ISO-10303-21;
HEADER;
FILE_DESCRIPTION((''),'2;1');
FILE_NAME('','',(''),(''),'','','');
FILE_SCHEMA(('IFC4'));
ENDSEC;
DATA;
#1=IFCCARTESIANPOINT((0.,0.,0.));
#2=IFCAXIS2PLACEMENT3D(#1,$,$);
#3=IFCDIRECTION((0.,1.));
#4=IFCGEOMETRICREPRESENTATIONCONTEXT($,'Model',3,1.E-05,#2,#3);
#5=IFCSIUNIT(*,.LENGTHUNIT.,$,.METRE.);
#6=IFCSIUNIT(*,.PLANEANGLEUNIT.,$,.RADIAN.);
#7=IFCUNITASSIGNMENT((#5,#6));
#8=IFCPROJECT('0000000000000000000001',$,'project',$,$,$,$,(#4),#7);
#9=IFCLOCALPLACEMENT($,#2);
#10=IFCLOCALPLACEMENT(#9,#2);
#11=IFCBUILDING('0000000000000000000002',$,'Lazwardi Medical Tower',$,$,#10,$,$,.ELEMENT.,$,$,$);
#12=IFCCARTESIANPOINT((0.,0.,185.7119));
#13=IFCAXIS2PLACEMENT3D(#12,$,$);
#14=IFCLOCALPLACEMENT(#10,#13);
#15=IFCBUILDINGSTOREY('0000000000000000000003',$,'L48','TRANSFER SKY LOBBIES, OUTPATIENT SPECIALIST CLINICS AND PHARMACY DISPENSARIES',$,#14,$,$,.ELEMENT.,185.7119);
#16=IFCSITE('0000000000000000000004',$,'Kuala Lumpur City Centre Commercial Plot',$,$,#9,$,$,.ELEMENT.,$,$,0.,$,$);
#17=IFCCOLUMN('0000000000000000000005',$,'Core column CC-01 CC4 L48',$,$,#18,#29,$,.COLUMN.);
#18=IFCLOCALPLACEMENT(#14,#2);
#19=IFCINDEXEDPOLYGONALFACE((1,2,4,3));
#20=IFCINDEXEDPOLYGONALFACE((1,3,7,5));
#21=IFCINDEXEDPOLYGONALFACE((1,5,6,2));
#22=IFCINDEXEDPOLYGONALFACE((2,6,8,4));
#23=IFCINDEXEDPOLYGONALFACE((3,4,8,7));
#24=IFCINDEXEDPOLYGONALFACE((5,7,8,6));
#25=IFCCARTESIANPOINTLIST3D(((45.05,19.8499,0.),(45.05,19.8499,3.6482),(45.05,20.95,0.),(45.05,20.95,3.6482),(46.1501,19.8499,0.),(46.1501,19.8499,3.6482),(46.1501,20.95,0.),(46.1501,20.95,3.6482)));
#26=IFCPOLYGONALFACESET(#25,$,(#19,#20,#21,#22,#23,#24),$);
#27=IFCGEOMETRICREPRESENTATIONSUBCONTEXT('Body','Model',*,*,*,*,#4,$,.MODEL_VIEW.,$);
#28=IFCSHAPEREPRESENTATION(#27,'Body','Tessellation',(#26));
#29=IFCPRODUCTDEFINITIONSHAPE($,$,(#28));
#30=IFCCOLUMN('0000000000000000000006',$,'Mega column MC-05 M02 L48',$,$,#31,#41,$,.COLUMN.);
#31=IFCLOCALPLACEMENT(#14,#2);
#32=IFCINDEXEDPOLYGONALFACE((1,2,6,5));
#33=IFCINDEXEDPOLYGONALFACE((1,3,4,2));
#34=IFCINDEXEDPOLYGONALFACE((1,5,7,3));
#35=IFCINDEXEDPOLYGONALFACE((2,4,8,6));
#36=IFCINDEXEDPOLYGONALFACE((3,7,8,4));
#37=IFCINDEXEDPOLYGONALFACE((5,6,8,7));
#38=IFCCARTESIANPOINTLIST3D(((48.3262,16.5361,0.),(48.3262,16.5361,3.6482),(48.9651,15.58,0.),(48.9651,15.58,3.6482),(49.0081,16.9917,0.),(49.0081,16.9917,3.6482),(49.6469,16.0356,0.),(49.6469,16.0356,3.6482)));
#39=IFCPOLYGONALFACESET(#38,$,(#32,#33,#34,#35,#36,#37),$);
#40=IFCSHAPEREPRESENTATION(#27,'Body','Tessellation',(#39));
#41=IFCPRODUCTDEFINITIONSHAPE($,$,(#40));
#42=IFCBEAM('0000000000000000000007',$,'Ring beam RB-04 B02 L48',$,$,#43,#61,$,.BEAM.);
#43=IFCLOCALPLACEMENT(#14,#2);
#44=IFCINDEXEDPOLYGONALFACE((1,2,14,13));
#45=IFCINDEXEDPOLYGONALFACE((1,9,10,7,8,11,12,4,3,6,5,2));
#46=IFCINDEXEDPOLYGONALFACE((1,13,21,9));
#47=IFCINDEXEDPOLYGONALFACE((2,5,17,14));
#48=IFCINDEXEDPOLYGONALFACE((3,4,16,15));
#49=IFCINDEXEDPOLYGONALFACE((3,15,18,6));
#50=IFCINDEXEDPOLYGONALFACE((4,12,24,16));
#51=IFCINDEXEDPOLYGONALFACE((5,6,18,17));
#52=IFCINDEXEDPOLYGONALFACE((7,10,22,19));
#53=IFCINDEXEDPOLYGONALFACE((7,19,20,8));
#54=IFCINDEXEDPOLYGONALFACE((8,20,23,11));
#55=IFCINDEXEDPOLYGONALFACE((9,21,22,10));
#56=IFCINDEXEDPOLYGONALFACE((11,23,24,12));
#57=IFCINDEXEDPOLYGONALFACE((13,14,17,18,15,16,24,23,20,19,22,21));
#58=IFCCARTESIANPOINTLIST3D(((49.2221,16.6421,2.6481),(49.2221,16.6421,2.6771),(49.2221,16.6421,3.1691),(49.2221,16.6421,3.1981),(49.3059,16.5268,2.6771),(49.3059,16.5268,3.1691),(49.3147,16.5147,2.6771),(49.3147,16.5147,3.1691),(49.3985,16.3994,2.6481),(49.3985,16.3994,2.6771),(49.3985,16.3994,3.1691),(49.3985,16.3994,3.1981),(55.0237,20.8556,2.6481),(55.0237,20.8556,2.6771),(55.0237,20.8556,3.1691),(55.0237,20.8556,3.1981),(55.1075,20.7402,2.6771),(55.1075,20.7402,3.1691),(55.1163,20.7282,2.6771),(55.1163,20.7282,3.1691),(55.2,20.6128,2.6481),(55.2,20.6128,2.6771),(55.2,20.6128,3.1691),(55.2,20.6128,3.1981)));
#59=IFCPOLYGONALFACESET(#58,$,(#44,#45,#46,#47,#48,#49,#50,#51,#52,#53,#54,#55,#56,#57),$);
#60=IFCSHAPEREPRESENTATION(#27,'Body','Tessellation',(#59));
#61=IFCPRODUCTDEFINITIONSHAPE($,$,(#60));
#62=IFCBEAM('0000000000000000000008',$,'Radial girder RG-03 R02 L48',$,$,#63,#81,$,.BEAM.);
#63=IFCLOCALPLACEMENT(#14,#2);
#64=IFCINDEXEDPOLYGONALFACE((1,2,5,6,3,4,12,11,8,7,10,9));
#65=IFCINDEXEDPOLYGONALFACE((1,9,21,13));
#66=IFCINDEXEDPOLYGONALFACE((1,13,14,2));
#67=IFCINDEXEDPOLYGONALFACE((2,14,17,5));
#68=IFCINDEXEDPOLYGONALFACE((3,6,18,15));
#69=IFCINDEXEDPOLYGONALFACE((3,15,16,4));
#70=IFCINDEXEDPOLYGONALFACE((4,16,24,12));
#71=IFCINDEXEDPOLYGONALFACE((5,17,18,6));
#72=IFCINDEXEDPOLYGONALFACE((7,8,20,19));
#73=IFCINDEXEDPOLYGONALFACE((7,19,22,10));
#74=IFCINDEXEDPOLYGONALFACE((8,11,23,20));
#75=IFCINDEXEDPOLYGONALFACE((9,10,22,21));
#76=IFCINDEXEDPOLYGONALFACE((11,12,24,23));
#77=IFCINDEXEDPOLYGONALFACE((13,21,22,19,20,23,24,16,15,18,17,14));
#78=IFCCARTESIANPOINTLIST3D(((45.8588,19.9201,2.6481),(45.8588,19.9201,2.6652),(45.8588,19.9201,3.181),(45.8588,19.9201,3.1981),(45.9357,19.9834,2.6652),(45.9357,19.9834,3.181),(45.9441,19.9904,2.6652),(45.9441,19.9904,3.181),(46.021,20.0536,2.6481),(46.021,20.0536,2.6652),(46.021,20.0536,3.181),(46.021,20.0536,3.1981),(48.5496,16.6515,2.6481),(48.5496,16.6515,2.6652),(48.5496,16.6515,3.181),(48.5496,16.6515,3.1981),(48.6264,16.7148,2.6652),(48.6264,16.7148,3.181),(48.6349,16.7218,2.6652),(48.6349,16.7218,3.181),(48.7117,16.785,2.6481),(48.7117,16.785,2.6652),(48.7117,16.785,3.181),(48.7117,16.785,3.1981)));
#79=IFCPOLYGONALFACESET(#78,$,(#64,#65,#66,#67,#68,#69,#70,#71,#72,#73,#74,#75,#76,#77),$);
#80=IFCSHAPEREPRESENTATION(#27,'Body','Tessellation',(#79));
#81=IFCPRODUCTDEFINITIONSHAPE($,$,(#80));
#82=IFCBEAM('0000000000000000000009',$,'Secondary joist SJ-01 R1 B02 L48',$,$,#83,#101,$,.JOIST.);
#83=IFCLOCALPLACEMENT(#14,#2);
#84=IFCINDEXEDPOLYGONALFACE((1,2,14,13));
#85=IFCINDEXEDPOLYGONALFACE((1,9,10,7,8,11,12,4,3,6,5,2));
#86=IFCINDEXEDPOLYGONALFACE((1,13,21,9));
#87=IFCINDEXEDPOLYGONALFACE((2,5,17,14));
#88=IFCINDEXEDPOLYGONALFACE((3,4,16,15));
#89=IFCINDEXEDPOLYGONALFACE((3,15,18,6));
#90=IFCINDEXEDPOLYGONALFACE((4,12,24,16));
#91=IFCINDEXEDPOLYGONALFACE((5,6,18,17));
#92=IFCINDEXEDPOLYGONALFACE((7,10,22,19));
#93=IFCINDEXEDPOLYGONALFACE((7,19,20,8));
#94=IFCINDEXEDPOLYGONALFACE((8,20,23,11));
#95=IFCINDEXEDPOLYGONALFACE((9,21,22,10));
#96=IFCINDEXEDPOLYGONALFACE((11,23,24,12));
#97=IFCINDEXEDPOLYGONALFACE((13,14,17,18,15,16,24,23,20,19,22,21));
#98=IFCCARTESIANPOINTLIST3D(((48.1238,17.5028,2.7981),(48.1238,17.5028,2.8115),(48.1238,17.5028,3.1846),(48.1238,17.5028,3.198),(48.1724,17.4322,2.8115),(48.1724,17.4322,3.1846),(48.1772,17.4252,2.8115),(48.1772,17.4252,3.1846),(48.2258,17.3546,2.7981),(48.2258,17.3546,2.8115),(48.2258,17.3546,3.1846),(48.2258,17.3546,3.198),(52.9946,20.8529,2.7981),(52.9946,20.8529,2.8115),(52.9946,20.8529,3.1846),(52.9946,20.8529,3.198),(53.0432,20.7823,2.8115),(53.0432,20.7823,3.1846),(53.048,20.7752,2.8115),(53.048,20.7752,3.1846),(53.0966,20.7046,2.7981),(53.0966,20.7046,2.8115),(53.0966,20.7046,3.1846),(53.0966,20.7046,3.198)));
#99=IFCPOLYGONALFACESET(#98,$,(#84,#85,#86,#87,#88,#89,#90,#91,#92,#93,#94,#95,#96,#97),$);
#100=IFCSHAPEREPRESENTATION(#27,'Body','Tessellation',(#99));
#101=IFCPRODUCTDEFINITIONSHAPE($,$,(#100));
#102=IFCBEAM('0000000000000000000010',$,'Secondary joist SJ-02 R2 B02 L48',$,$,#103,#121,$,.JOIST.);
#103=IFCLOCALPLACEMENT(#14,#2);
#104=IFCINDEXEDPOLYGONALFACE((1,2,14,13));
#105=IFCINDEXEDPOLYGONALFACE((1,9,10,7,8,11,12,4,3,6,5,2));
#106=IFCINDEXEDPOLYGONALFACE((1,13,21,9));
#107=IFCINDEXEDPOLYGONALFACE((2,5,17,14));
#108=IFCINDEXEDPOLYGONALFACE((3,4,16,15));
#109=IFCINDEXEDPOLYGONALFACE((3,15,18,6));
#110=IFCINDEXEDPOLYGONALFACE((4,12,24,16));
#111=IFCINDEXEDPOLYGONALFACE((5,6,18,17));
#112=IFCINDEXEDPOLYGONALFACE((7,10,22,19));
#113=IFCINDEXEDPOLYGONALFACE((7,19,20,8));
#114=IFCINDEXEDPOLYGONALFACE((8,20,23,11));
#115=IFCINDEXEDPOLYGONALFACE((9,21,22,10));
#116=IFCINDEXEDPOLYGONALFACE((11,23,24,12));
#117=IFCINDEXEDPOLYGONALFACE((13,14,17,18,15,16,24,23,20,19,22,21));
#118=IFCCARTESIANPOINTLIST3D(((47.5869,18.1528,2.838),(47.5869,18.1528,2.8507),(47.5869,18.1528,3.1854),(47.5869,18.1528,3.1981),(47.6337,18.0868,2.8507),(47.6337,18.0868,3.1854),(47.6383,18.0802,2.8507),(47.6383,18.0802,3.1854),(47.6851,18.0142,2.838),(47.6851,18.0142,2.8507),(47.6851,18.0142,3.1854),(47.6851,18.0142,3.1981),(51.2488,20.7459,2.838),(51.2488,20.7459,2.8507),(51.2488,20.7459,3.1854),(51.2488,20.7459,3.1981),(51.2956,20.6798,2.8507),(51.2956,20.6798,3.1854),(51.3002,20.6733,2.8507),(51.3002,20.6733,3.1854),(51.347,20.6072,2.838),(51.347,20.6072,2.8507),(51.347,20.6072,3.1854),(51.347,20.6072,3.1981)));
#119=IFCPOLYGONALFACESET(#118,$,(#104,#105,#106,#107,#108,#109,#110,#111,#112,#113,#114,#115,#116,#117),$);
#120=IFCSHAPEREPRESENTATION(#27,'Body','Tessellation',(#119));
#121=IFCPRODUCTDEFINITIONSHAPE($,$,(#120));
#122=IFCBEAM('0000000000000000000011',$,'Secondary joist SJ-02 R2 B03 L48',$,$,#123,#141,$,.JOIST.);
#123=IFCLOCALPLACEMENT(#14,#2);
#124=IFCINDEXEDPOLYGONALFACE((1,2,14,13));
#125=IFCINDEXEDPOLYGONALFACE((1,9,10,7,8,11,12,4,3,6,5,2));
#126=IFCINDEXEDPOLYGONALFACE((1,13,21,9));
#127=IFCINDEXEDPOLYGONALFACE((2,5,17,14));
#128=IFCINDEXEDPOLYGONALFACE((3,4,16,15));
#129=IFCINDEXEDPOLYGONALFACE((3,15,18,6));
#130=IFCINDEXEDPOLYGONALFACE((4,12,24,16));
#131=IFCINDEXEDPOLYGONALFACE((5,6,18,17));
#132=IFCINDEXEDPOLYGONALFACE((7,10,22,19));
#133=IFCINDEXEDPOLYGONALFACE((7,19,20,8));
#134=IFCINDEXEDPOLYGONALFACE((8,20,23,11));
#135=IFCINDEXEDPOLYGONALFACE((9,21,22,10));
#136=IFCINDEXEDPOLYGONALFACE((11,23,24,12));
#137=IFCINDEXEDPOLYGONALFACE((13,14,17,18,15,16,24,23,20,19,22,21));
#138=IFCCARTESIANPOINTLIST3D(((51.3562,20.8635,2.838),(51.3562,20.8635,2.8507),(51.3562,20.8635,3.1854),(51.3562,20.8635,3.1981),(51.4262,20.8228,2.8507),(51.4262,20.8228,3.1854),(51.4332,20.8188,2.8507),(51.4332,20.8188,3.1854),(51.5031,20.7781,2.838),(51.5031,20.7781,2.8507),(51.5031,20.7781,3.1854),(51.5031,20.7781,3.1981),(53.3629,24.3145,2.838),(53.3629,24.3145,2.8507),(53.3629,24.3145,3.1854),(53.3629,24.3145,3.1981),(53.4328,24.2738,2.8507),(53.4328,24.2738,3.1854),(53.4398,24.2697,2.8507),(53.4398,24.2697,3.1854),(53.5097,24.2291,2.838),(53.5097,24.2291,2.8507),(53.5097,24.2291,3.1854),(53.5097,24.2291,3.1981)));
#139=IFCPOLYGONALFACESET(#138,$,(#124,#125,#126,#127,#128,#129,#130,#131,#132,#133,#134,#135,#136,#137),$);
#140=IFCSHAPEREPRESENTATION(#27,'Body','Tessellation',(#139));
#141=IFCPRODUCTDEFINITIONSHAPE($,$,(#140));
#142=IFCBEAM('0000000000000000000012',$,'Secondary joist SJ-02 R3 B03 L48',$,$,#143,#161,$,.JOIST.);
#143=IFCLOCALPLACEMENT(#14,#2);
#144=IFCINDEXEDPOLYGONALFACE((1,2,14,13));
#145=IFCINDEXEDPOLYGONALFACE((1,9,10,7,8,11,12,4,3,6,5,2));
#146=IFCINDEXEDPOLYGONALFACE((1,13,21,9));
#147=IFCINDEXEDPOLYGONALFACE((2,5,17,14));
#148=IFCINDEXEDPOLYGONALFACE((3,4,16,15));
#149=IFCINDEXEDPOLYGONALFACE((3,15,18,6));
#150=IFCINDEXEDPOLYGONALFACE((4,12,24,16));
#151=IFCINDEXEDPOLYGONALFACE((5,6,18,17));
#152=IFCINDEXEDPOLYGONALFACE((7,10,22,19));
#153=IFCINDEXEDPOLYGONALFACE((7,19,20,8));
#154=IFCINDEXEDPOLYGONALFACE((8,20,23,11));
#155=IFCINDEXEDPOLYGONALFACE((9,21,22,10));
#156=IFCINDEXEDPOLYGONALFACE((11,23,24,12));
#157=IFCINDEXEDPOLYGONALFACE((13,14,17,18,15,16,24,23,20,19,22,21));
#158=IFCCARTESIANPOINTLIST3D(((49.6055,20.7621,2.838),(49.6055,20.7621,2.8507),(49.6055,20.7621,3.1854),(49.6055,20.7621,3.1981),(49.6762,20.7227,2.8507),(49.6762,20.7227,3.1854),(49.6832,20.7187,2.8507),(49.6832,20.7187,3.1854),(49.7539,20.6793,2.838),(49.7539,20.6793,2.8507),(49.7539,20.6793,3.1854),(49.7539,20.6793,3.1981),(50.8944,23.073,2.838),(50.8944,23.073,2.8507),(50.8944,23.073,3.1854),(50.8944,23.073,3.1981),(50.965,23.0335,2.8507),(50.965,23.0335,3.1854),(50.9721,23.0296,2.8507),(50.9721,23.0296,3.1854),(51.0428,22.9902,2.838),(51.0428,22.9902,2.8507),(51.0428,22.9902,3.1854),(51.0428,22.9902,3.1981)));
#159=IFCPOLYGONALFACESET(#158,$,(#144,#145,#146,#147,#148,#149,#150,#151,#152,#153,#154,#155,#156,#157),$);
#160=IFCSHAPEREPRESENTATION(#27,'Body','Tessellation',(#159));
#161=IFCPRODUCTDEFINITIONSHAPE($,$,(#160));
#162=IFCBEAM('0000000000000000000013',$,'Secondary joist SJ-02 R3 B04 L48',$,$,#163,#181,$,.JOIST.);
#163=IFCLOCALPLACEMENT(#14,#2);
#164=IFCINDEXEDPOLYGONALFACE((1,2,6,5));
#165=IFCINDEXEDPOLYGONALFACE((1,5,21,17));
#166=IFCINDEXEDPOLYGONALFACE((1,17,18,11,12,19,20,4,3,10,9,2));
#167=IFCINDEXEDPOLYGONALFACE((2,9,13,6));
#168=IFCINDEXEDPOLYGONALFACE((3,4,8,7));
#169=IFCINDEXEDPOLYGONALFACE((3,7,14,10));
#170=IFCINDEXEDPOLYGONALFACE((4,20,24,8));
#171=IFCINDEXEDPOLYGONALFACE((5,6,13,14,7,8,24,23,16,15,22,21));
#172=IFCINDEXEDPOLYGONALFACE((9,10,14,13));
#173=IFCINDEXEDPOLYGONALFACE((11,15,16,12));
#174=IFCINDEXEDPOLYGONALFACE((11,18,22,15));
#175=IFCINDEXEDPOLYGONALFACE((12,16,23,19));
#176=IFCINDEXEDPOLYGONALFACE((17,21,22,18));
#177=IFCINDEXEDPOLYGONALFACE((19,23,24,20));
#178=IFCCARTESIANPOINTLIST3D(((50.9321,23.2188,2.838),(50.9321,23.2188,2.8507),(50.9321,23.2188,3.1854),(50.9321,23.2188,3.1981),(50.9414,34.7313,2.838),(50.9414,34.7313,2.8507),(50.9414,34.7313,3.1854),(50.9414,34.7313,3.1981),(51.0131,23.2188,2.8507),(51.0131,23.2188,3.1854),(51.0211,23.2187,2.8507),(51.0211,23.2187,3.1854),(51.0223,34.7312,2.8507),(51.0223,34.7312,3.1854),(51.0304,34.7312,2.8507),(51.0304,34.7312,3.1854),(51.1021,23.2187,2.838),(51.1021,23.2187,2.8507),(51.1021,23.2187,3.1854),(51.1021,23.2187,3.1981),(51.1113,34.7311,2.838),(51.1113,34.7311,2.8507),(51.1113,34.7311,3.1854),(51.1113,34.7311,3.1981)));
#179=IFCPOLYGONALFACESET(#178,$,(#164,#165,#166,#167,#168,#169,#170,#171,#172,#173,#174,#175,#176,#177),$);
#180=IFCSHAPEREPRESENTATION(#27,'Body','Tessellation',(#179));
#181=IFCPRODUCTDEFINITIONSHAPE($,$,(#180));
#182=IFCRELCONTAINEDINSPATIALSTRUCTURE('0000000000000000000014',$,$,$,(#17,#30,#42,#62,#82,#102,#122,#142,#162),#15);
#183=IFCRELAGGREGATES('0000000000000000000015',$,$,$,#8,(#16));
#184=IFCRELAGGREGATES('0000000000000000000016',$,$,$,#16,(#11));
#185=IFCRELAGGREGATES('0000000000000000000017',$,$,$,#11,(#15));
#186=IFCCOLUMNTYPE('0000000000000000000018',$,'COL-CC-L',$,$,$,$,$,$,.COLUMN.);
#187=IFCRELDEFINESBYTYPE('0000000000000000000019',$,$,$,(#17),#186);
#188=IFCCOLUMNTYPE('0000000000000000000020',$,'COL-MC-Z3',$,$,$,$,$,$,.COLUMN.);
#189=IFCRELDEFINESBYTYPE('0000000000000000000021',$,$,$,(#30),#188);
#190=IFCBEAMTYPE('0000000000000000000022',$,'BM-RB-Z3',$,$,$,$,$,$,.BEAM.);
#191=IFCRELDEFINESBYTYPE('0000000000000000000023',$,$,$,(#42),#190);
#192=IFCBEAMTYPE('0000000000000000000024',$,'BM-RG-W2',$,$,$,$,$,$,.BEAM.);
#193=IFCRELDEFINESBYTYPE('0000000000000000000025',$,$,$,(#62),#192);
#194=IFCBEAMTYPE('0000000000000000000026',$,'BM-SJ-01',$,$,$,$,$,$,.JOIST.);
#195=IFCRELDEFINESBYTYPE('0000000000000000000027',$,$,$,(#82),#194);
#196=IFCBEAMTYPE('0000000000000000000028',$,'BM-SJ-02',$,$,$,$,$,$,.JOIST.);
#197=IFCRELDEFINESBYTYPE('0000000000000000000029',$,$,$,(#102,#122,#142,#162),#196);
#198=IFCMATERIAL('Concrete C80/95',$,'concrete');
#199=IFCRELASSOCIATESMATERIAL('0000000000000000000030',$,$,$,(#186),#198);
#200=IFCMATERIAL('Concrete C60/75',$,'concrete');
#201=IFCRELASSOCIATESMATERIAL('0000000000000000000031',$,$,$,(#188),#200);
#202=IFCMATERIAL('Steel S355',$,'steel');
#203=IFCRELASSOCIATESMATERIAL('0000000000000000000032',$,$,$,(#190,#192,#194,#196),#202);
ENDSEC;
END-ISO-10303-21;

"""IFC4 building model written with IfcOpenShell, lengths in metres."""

from ifc_helpers import new_model, si_unit, direction, frame, origin, origin_2d, place, context, subcontext, project, spatial, rectangle, i_section, extrude, material, material_profile, profile_set, type_object, element, save


model = new_model("IFC4")

# Units and contexts
model_context = context("Model", 3, precision=1e-05, world=origin(), true_north=direction((0.0, 1.0)))
body_context = subcontext(model_context, "Body", "Model", "MODEL_VIEW")
ifc_project = project(units=[si_unit("LENGTHUNIT", "METRE"), si_unit("PLANEANGLEUNIT", "RADIAN")], contexts=[model_context])

# Site, building, storey
site_placement = place(None, origin())
site = spatial("IfcSite", under=ifc_project, at=site_placement, Name="Kuala Lumpur City Centre Commercial Plot", CompositionType="ELEMENT", RefElevation=0.0)
building_placement = place(site_placement, origin())
building = spatial("IfcBuilding", under=site, at=building_placement, Name="Lazwardi Medical Tower", CompositionType="ELEMENT")
storey_placement = place(building_placement, frame((0.0, 0.0, 185.7119)))
storey = spatial("IfcBuildingStorey", under=building, at=storey_placement, Name="L48", Description="TRANSFER SKY LOBBIES, OUTPATIENT SPECIALIST CLINICS AND PHARMACY DISPENSARIES", CompositionType="ELEMENT", Elevation=185.7119)

# Columns
ifc_material_1 = material(Name="Concrete C80/95", Category="concrete")
ifc_material_profile_1 = material_profile(ifc_material_1, rectangle(XDim=1.1001, YDim=1.1001, at=origin_2d()), Name="RC 1100x1100")
ifc_profile_set_1 = profile_set([ifc_material_profile_1], Name="Concrete C80/95")
column_type_1 = type_object("IfcColumnType", Name="COL-CC-L", PredefinedType="COLUMN", material=ifc_profile_set_1)
column_1_placement = place(storey_placement, frame((45.6001, 20.3999, 0.0), z_axis=(0.0, 0.0, 1.0), x_axis=(1.0, 0.0, 0.0)))
element("IfcColumn", 1, at=column_1_placement, inside=storey, type_object=column_type_1, Name="Core column CC-01 CC4 L48", PredefinedType="COLUMN", context=body_context, shape_type="SweptSolid", body=[
    extrude(rectangle(XDim=1.1001, YDim=1.1001, at=origin_2d()), origin(), (0.0, 0.0, 1.0), 3.6482),
])
ifc_material_2 = material(Name="Concrete C60/75", Category="concrete")
ifc_material_profile_2 = material_profile(ifc_material_2, rectangle(XDim=1.1499, YDim=0.8201, at=origin_2d()), Name="CFT-RECT 1150x820")
ifc_profile_set_2 = profile_set([ifc_material_profile_2], Name="Concrete C60/75")
column_type_2 = type_object("IfcColumnType", Name="COL-MC-Z3", PredefinedType="COLUMN", material=ifc_profile_set_2)
column_2_placement = place(storey_placement, frame((48.9866, 16.2859, 0.0), z_axis=(0.0, 0.0, 1.0), x_axis=(0.55557, -0.83147, 0.0)))
element("IfcColumn", 2, at=column_2_placement, inside=storey, type_object=column_type_2, Name="Mega column MC-05 M02 L48", PredefinedType="COLUMN", context=body_context, shape_type="SweptSolid", body=[
    extrude(rectangle(XDim=1.1499, YDim=0.8201, at=origin_2d()), origin(), (0.0, 0.0, 1.0), 3.6482),
])

# Beams
ifc_material_3 = material(Name="Steel S355", Category="steel")
ifc_material_profile_3 = material_profile(ifc_material_3, i_section(OverallWidth=0.3, OverallDepth=0.55, WebThickness=0.0149, FlangeThickness=0.0291, at=origin_2d()), Name="HEB 550")
ifc_profile_set_3 = profile_set([ifc_material_profile_3], Name="Steel S355")
beam_type_1 = type_object("IfcBeamType", Name="BM-RB-Z3", PredefinedType="BEAM", material=ifc_profile_set_3)
beam_1_placement = place(storey_placement, frame((49.3103, 16.5208, 2.9231), z_axis=(0.809128, 0.587633, 0.0), x_axis=(-0.587633, 0.809128, 0.0)))
element("IfcBeam", 3, at=beam_1_placement, inside=storey, type_object=beam_type_1, Name="Ring beam RB-04 B02 L48", PredefinedType="BEAM", context=body_context, shape_type="SweptSolid", body=[
    extrude(i_section(OverallWidth=0.3, OverallDepth=0.55, WebThickness=0.0149, FlangeThickness=0.0291, at=origin_2d()), origin(), (0.0, 0.0, 1.0), 7.1702),
])
ifc_material_profile_4 = material_profile(ifc_material_3, i_section(OverallWidth=0.21, OverallDepth=0.55, WebThickness=0.011, FlangeThickness=0.0171, at=origin_2d()), Name="IPE 550")
ifc_profile_set_4 = profile_set([ifc_material_profile_4], Name="Steel S355")
beam_type_2 = type_object("IfcBeamType", Name="BM-RG-W2", PredefinedType="BEAM", material=ifc_profile_set_4)
beam_2_placement = place(storey_placement, frame((48.6306, 16.7183, 2.9231), z_axis=(-0.635556, 0.772055, 0.0), x_axis=(-0.772055, -0.635556, 0.0)))
element("IfcBeam", 4, at=beam_2_placement, inside=storey, type_object=beam_type_2, Name="Radial girder RG-03 R02 L48", PredefinedType="BEAM", context=body_context, shape_type="SweptSolid", body=[
    extrude(i_section(OverallWidth=0.21, OverallDepth=0.55, WebThickness=0.011, FlangeThickness=0.0171, at=origin_2d()), origin(), (0.0, 0.0, 1.0), 4.2336),
])
ifc_material_profile_5 = material_profile(ifc_material_3, i_section(OverallWidth=0.1799, OverallDepth=0.3999, WebThickness=0.0085, FlangeThickness=0.0134, at=origin_2d()), Name="IPE 400")
ifc_profile_set_5 = profile_set([ifc_material_profile_5], Name="Steel S355")
beam_type_3 = type_object("IfcBeamType", Name="BM-SJ-01", PredefinedType="JOIST", material=ifc_profile_set_5)
beam_3_placement = place(storey_placement, frame((48.1748, 17.4287, 2.998), z_axis=(0.823932, 0.566688, 0.0), x_axis=(-0.566688, 0.823932, 0.0)))
element("IfcBeam", 5, at=beam_3_placement, inside=storey, type_object=beam_type_3, Name="Secondary joist SJ-01 R1 B02 L48", PredefinedType="JOIST", context=body_context, shape_type="SweptSolid", body=[
    extrude(i_section(OverallWidth=0.1799, OverallDepth=0.3999, WebThickness=0.0085, FlangeThickness=0.0134, at=origin_2d()), origin(), (0.0, 0.0, 1.0), 5.9116),
])
ifc_material_profile_6 = material_profile(ifc_material_3, i_section(OverallWidth=0.1699, OverallDepth=0.3601, WebThickness=0.0081, FlangeThickness=0.0127, at=origin_2d()), Name="IPE 360")
ifc_profile_set_6 = profile_set([ifc_material_profile_6], Name="Steel S355")
beam_type_4 = type_object("IfcBeamType", Name="BM-SJ-02", PredefinedType="JOIST", material=ifc_profile_set_6)
beam_4_placement = place(storey_placement, frame((47.636, 18.0835, 3.0181), z_axis=(0.816109, 0.577898, 0.0), x_axis=(-0.577898, 0.816109, 0.0)))
element("IfcBeam", 6, at=beam_4_placement, inside=storey, type_object=beam_type_4, Name="Secondary joist SJ-02 R2 B02 L48", PredefinedType="JOIST", context=body_context, shape_type="SweptSolid", body=[
    extrude(i_section(OverallWidth=0.1699, OverallDepth=0.3601, WebThickness=0.0081, FlangeThickness=0.0127, at=origin_2d()), origin(), (0.0, 0.0, 1.0), 4.4871),
])
beam_5_placement = place(storey_placement, frame((51.4297, 20.8208, 3.0181), z_axis=(0.502665, 0.864481, 0.0), x_axis=(-0.864481, 0.502665, 0.0)))
element("IfcBeam", 7, at=beam_5_placement, inside=storey, type_object=beam_type_4, Name="Secondary joist SJ-02 R2 B03 L48", PredefinedType="JOIST", context=body_context, shape_type="SweptSolid", body=[
    extrude(i_section(OverallWidth=0.1699, OverallDepth=0.3601, WebThickness=0.0081, FlangeThickness=0.0127, at=origin_2d()), origin(), (0.0, 0.0, 1.0), 3.9919),
])
beam_6_placement = place(storey_placement, frame((49.6797, 20.7207, 3.0181), z_axis=(0.487099, 0.873347, 0.0), x_axis=(-0.873347, 0.487099, 0.0)))
element("IfcBeam", 8, at=beam_6_placement, inside=storey, type_object=beam_type_4, Name="Secondary joist SJ-02 R3 B03 L48", PredefinedType="JOIST", context=body_context, shape_type="SweptSolid", body=[
    extrude(i_section(OverallWidth=0.1699, OverallDepth=0.3601, WebThickness=0.0081, FlangeThickness=0.0127, at=origin_2d()), origin(), (0.0, 0.0, 1.0), 2.646),
])
beam_7_placement = place(storey_placement, frame((51.0171, 23.2188, 3.0181), z_axis=(0.000806, 1.0, 0.0), x_axis=(-1.0, 0.000806, 0.0)))
element("IfcBeam", 9, at=beam_7_placement, inside=storey, type_object=beam_type_4, Name="Secondary joist SJ-02 R3 B04 L48", PredefinedType="JOIST", context=body_context, shape_type="SweptSolid", body=[
    extrude(i_section(OverallWidth=0.1699, OverallDepth=0.3601, WebThickness=0.0081, FlangeThickness=0.0127, at=origin_2d()), origin(), (0.0, 0.0, 1.0), 11.5125),
])

save(model, "model.ifc")
